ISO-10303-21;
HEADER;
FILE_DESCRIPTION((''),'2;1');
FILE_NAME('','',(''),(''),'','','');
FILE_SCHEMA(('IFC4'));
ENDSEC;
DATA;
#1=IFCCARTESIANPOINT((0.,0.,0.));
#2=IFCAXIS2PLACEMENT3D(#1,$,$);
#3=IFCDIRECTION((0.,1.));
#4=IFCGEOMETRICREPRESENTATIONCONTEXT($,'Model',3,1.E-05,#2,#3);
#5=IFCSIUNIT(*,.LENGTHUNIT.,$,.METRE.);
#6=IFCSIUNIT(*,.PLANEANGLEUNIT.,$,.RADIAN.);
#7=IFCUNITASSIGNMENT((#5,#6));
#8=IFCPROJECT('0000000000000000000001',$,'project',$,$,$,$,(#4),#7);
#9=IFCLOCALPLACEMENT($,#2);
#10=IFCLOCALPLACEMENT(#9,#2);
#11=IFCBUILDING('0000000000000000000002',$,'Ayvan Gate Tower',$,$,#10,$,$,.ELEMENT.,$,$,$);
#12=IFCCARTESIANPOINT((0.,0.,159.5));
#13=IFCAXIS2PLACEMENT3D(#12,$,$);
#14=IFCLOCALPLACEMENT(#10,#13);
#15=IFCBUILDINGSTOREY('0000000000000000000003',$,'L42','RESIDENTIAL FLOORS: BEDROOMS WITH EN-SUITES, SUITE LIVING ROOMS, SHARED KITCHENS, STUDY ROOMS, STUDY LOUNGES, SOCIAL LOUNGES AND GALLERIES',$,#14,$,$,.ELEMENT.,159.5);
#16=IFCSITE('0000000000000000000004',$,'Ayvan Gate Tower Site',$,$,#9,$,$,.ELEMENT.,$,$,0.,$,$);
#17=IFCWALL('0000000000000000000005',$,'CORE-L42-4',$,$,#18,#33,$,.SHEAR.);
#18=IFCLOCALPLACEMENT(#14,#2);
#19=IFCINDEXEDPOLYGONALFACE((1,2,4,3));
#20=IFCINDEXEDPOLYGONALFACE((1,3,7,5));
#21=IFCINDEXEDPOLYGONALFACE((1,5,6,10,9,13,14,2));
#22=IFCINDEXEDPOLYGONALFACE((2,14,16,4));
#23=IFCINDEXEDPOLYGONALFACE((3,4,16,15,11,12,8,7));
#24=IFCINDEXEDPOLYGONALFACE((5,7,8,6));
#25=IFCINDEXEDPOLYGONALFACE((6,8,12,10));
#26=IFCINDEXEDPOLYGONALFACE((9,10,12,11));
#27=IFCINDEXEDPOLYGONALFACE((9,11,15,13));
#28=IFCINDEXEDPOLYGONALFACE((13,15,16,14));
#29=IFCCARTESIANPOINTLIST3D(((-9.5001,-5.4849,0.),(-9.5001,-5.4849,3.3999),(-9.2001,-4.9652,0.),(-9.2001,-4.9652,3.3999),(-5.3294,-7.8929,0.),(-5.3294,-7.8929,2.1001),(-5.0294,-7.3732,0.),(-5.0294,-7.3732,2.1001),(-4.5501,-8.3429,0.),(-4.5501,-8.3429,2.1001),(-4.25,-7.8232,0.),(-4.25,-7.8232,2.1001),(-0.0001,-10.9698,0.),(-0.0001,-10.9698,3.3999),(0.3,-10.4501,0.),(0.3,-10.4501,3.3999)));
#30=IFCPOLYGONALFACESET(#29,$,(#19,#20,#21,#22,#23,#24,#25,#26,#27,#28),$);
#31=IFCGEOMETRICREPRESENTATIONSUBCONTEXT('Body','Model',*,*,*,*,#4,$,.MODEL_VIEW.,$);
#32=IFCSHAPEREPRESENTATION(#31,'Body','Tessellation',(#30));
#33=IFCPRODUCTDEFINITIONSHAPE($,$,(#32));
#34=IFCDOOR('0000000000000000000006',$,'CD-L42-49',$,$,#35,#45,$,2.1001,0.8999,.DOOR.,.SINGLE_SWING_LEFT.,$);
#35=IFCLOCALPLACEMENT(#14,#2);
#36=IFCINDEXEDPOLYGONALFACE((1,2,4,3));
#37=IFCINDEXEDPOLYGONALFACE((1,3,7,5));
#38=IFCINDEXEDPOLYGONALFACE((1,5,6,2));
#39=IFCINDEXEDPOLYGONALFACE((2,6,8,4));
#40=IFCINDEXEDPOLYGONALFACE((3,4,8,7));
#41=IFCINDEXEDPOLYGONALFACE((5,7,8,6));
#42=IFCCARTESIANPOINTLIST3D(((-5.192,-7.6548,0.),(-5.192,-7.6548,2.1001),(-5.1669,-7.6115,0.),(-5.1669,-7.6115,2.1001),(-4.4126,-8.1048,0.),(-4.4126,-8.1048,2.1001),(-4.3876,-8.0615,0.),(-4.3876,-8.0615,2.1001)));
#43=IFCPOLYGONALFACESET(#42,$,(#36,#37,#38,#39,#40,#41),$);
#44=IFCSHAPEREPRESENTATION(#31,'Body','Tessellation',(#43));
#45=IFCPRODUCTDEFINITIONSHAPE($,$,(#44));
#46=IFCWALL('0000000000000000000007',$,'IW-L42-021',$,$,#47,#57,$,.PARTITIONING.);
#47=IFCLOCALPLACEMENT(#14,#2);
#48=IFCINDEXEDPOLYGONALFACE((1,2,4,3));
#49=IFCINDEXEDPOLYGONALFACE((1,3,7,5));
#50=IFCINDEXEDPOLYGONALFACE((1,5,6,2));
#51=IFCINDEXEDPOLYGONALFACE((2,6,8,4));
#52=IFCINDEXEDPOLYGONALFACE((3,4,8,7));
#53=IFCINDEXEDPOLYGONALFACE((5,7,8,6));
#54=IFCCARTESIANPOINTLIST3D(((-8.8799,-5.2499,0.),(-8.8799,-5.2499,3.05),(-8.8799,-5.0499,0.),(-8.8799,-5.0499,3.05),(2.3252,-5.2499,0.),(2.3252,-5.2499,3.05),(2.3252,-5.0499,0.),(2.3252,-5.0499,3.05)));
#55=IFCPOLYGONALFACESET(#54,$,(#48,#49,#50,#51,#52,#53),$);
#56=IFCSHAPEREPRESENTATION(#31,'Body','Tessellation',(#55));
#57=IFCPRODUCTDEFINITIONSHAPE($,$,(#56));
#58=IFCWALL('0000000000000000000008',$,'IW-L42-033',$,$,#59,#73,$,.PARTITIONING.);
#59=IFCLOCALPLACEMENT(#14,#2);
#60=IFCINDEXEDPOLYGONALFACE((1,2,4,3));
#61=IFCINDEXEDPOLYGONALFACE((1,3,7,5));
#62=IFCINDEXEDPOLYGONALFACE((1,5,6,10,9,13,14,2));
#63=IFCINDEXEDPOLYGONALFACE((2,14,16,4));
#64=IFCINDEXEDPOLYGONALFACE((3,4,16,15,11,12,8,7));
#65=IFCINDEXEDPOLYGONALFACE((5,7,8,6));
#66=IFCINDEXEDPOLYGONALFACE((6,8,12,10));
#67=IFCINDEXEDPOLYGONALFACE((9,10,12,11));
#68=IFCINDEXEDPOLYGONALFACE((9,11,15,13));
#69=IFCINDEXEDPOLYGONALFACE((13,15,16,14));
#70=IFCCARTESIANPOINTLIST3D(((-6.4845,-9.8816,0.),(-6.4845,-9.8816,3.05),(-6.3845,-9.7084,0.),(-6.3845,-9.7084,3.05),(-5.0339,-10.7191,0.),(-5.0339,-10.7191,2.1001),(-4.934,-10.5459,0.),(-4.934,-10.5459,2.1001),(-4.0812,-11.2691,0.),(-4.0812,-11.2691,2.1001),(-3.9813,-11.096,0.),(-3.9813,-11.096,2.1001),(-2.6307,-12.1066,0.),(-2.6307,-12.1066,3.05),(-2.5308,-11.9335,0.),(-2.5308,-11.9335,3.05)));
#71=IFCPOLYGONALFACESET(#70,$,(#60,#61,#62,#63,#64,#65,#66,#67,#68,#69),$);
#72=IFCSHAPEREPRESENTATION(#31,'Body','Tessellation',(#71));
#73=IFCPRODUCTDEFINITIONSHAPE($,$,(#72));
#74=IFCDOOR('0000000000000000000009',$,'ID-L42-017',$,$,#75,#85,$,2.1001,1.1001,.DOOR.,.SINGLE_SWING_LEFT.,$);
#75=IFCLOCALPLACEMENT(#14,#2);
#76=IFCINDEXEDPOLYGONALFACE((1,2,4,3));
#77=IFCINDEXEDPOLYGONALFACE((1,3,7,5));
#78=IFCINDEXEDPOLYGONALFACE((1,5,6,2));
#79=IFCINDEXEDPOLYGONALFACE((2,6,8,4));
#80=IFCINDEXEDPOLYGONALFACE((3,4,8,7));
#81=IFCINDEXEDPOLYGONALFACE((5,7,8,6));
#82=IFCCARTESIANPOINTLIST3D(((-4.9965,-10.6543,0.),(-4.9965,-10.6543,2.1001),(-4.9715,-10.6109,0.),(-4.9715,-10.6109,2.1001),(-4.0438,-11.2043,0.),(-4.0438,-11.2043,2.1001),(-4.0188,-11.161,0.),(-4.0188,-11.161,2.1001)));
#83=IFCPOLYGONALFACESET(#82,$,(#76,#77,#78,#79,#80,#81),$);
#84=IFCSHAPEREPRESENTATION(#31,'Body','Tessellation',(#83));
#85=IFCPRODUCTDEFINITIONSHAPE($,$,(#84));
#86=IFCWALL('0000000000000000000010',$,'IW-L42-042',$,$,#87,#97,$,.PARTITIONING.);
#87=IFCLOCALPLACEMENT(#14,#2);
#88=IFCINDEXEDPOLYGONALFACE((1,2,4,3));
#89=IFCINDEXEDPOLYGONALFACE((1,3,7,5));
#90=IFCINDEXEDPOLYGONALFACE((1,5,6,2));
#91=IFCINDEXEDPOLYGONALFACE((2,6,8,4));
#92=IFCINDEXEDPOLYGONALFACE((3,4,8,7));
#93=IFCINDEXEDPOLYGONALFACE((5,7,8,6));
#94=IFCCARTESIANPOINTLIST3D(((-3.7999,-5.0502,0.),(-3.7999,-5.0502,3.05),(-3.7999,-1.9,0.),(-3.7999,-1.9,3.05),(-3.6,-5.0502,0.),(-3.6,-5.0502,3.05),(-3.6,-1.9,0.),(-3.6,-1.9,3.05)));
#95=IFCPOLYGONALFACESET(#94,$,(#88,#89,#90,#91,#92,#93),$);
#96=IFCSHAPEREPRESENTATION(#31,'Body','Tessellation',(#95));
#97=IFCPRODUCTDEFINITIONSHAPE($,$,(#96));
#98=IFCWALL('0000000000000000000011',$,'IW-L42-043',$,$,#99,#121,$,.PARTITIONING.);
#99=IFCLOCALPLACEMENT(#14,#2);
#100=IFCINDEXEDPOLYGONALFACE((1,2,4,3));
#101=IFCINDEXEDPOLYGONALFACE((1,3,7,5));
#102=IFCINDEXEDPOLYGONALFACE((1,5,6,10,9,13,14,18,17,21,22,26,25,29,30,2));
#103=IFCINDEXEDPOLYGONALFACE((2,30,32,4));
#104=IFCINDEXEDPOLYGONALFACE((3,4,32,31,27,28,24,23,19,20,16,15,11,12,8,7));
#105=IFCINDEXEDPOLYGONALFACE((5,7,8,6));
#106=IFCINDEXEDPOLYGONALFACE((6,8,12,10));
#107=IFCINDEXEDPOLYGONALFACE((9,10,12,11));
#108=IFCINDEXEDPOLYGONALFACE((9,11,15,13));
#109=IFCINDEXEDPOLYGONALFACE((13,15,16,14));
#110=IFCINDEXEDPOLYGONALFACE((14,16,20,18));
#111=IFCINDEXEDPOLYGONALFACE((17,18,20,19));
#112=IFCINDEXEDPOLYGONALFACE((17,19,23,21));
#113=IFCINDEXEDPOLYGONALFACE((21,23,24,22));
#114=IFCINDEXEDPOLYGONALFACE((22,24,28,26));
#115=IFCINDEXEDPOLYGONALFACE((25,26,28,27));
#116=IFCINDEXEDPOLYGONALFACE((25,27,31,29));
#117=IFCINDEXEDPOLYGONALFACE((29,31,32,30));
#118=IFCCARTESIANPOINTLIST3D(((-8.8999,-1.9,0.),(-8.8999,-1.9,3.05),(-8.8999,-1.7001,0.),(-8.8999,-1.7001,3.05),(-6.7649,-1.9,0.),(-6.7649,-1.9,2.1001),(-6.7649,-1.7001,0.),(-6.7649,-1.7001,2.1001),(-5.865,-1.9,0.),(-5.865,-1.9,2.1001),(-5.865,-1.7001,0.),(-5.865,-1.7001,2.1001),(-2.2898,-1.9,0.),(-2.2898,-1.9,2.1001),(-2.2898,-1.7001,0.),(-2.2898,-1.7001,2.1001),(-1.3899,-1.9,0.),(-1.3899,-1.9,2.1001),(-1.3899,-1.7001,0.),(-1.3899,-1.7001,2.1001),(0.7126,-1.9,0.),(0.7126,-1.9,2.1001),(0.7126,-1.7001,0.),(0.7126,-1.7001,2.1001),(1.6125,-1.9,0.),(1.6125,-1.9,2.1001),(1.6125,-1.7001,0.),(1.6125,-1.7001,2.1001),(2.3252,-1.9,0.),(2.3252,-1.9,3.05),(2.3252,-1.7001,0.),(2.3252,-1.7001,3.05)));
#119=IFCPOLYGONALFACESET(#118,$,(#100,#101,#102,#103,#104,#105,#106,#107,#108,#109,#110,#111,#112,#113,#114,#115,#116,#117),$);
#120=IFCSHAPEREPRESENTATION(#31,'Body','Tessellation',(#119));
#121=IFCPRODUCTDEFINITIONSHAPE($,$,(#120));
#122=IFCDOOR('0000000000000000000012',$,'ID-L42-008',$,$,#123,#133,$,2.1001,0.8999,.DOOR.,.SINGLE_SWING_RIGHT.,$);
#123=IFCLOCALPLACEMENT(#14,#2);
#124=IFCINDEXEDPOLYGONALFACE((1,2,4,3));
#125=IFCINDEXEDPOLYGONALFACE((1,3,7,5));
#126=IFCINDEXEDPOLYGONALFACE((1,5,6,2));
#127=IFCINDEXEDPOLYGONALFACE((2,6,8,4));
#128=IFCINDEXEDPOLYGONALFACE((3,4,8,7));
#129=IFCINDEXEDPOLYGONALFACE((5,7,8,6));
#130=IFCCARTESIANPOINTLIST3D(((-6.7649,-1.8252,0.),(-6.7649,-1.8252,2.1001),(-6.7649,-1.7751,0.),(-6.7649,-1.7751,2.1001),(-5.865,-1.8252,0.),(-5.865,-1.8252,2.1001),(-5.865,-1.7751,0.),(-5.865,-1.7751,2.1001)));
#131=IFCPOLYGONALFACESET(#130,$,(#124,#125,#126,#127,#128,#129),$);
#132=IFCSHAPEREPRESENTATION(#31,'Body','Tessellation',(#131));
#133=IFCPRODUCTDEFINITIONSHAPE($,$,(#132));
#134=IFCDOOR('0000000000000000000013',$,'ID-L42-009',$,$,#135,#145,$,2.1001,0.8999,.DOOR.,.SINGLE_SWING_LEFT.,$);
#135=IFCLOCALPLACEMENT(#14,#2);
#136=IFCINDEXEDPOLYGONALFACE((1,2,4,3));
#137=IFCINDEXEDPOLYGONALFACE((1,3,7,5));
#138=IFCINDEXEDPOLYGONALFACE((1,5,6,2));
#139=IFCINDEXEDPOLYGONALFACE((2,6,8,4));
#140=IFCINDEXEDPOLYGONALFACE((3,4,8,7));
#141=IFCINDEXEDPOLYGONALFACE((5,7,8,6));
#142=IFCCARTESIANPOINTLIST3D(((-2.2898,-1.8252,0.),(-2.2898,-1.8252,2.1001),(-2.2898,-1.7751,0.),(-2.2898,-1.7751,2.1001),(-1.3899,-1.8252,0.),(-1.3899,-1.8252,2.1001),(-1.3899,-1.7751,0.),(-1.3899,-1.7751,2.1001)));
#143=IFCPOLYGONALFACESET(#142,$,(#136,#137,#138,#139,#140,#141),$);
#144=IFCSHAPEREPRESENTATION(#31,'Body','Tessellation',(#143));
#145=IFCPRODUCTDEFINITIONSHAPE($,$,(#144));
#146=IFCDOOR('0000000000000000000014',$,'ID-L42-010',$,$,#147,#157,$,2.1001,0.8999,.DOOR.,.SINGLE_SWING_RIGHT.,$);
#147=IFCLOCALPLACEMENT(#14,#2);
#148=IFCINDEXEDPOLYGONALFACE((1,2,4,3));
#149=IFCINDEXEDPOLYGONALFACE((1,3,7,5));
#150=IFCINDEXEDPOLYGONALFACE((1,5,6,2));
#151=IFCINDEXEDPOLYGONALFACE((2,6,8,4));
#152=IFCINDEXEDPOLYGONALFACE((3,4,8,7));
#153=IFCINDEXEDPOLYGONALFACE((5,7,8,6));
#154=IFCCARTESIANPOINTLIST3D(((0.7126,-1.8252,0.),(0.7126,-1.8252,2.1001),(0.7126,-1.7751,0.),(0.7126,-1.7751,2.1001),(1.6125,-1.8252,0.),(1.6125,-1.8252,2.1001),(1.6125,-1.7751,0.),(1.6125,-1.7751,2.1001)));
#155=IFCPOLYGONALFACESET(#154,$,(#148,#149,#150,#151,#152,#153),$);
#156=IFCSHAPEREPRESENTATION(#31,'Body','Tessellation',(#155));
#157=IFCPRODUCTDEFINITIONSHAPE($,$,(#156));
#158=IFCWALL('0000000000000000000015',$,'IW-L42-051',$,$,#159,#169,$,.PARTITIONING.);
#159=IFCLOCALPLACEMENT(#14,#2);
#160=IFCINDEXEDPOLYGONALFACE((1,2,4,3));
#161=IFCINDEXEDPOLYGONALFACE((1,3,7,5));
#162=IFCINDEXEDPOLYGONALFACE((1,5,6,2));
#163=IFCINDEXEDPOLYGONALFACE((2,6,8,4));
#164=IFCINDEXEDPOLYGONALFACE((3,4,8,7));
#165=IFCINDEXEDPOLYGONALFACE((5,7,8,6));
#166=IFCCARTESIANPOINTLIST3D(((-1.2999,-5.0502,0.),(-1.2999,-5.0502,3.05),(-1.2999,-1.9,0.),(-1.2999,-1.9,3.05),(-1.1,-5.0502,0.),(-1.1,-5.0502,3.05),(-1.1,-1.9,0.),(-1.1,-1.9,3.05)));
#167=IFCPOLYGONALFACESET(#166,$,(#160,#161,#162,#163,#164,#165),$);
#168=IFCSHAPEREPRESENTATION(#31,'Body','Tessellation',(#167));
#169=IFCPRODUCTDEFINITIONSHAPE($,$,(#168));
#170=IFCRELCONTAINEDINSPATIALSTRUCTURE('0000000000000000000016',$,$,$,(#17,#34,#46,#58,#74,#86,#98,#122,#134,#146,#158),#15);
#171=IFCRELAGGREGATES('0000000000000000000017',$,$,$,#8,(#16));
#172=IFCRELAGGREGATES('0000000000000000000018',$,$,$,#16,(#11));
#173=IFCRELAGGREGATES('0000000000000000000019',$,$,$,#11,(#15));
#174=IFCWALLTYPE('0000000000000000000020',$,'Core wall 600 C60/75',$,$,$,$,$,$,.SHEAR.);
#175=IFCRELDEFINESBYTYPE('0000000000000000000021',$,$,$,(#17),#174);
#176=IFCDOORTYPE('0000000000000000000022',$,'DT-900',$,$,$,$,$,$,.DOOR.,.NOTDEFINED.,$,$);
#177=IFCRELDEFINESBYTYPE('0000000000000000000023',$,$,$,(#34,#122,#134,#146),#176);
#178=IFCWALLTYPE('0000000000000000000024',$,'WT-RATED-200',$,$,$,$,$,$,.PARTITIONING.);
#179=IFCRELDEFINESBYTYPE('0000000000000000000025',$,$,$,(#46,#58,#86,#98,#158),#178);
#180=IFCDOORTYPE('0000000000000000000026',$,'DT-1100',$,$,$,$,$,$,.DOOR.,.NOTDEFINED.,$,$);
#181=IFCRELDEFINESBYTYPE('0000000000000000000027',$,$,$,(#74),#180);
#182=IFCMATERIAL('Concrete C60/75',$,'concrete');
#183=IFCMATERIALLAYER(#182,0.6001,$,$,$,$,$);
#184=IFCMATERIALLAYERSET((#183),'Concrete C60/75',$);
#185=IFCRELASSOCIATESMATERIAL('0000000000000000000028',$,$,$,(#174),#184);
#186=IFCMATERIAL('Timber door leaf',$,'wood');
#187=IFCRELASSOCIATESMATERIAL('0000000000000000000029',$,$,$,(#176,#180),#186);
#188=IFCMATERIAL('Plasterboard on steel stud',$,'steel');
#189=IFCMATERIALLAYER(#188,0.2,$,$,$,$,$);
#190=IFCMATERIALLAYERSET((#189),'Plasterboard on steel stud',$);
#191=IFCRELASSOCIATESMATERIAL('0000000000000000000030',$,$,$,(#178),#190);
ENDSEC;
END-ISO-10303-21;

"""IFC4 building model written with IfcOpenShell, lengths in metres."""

from ifc_helpers import new_model, si_unit, direction, frame, frame_2d, origin, place, context, subcontext, project, spatial, rectangle, extrude, material, layer, layer_set, type_object, element, fill, save


model = new_model("IFC4")

# Units and contexts
model_context = context("Model", 3, precision=1e-05, world=origin(), true_north=direction((0.0, 1.0)))
body_context = subcontext(model_context, "Body", "Model", "MODEL_VIEW")
ifc_project = project(units=[si_unit("LENGTHUNIT", "METRE"), si_unit("PLANEANGLEUNIT", "RADIAN")], contexts=[model_context])

# Site, building, storey
site_placement = place(None, origin())
site = spatial("IfcSite", under=ifc_project, at=site_placement, Name="Ayvan Gate Tower Site", CompositionType="ELEMENT", RefElevation=0.0)
building_placement = place(site_placement, origin())
building = spatial("IfcBuilding", under=site, at=building_placement, Name="Ayvan Gate Tower", CompositionType="ELEMENT")
storey_placement = place(building_placement, frame((0.0, 0.0, 159.5)))
storey = spatial("IfcBuildingStorey", under=building, at=storey_placement, Name="L42", Description="RESIDENTIAL FLOORS: BEDROOMS WITH EN-SUITES, SUITE LIVING ROOMS, SHARED KITCHENS, STUDY ROOMS, STUDY LOUNGES, SOCIAL LOUNGES AND GALLERIES", CompositionType="ELEMENT", Elevation=159.5)

# Wall, opening, door
ifc_material_1 = material(Name="Concrete C60/75", Category="concrete")
ifc_layer_1 = layer(ifc_material_1, 0.6001)
ifc_layer_set_1 = layer_set([ifc_layer_1], Name="Concrete C60/75")
wall_type_1 = type_object("IfcWallType", Name="Core wall 600 C60/75", PredefinedType="SHEAR", material=ifc_layer_set_1)
wall_1_placement = place(storey_placement, frame((-9.3501, -5.2251, 0.0), z_axis=(0.0, 0.0, 1.0), x_axis=(0.866024, -0.500002, 0.0)))
wall_1 = element("IfcWall", 1, at=wall_1_placement, inside=storey, type_object=wall_type_1, Name="CORE-L42-4", PredefinedType="SHEAR", context=body_context, shape_type="SweptSolid", body=[
    extrude(rectangle(XDim=10.9697, YDim=0.6001, at=frame_2d((5.4849, 0.0))), origin(), (0.0, 0.0, 1.0), 3.3999),
])
opening_1_placement = place(wall_1_placement, frame((4.8159, 0.0, 0.0)))
opening_1 = element("IfcOpeningElement", 2, at=opening_1_placement, cuts=wall_1, PredefinedType="OPENING", context=body_context, shape_type="SweptSolid", body=[
    extrude(rectangle(XDim=0.8999, YDim=2.1001, at=frame_2d((0.45, 1.05))), frame((0.0, 0.3101, 0.0), z_axis=(0.0, -1.0, 0.0), x_axis=(1.0, 0.0, 0.0)), (0.0, 0.0, 1.0), 0.6201),
])
ifc_material_2 = material(Name="Timber door leaf", Category="wood")
door_type_1 = type_object("IfcDoorType", Name="DT-900", OperationType="NOTDEFINED", PredefinedType="DOOR", material=ifc_material_2)
door_1_placement = place(opening_1_placement, origin())
door_1 = element("IfcDoor", 3, at=door_1_placement, inside=storey, type_object=door_type_1, Name="CD-L42-49", OperationType="SINGLE_SWING_LEFT", OverallHeight=2.1001, OverallWidth=0.8999, PredefinedType="DOOR", context=body_context, shape_type="SweptSolid", body=[
    extrude(rectangle(XDim=0.8999, YDim=2.1001, at=frame_2d((0.45, 1.05))), frame((0.0, 0.0249, 0.0), z_axis=(0.0, -1.0, 0.0), x_axis=(1.0, 0.0, 0.0)), (0.0, 0.0, 1.0), 0.05),
])
fill(opening_1, door_1)

# Wall
ifc_material_3 = material(Name="Plasterboard on steel stud", Category="steel")
ifc_layer_2 = layer(ifc_material_3, 0.2)
ifc_layer_set_2 = layer_set([ifc_layer_2], Name="Plasterboard on steel stud")
wall_type_2 = type_object("IfcWallType", Name="WT-RATED-200", PredefinedType="PARTITIONING", material=ifc_layer_set_2)
wall_2_placement = place(storey_placement, frame((-8.8799, -5.1499, 0.0), z_axis=(0.0, 0.0, 1.0), x_axis=(1.0, 0.0, 0.0)))
element("IfcWall", 4, at=wall_2_placement, inside=storey, type_object=wall_type_2, Name="IW-L42-021", PredefinedType="PARTITIONING", context=body_context, shape_type="SweptSolid", body=[
    extrude(rectangle(XDim=11.2051, YDim=0.2, at=frame_2d((5.6025, 0.0))), origin(), (0.0, 0.0, 1.0), 3.05),
])

# Wall, opening, door
wall_3_placement = place(storey_placement, frame((-6.4346, -9.7949, 0.0), z_axis=(0.0, 0.0, 1.0), x_axis=(0.866013, -0.500022, 0.0)))
wall_3 = element("IfcWall", 5, at=wall_3_placement, inside=storey, type_object=wall_type_2, Name="IW-L42-033", PredefinedType="PARTITIONING", context=body_context, shape_type="SweptSolid", body=[
    extrude(rectangle(XDim=4.45, YDim=0.2, at=frame_2d((2.2251, 0.0))), origin(), (0.0, 0.0, 1.0), 3.05),
])
opening_2_placement = place(wall_3_placement, frame((1.675, 0.0, 0.0)))
opening_2 = element("IfcOpeningElement", 6, at=opening_2_placement, cuts=wall_3, PredefinedType="OPENING", context=body_context, shape_type="SweptSolid", body=[
    extrude(rectangle(XDim=1.1001, YDim=2.1001, at=frame_2d((0.55, 1.05))), frame((0.0, 0.1099, 0.0), z_axis=(0.0, -1.0, 0.0), x_axis=(1.0, 0.0, 0.0)), (0.0, 0.0, 1.0), 0.22),
])
door_type_2 = type_object("IfcDoorType", Name="DT-1100", OperationType="NOTDEFINED", PredefinedType="DOOR", material=ifc_material_2)
door_2_placement = place(opening_2_placement, origin())
door_2 = element("IfcDoor", 7, at=door_2_placement, inside=storey, type_object=door_type_2, Name="ID-L42-017", OperationType="SINGLE_SWING_LEFT", OverallHeight=2.1001, OverallWidth=1.1001, PredefinedType="DOOR", context=body_context, shape_type="SweptSolid", body=[
    extrude(rectangle(XDim=1.1001, YDim=2.1001, at=frame_2d((0.55, 1.05))), frame((0.0, 0.0249, 0.0), z_axis=(0.0, -1.0, 0.0), x_axis=(1.0, 0.0, 0.0)), (0.0, 0.0, 1.0), 0.05),
])
fill(opening_2, door_2)

# Wall
wall_4_placement = place(storey_placement, frame((-3.7, -1.8999, 0.0), z_axis=(0.0, 0.0, 1.0), x_axis=(0.0, -1.0, 0.0)))
element("IfcWall", 8, at=wall_4_placement, inside=storey, type_object=wall_type_2, Name="IW-L42-042", PredefinedType="PARTITIONING", context=body_context, shape_type="SweptSolid", body=[
    extrude(rectangle(XDim=3.1501, YDim=0.2, at=frame_2d((1.5752, 0.0))), origin(), (0.0, 0.0, 1.0), 3.05),
])

# Wall, openings, doors
wall_5_placement = place(storey_placement, frame((-8.8999, -1.8, 0.0), z_axis=(0.0, 0.0, 1.0), x_axis=(1.0, 0.0, 0.0)))
wall_5 = element("IfcWall", 9, at=wall_5_placement, inside=storey, type_object=wall_type_2, Name="IW-L42-043", PredefinedType="PARTITIONING", context=body_context, shape_type="SweptSolid", body=[
    extrude(rectangle(XDim=11.2251, YDim=0.2, at=frame_2d((5.6125, 0.0))), origin(), (0.0, 0.0, 1.0), 3.05),
])
opening_3_placement = place(wall_5_placement, frame((2.135, 0.0, 0.0)))
opening_3 = element("IfcOpeningElement", 10, at=opening_3_placement, cuts=wall_5, PredefinedType="OPENING", context=body_context, shape_type="SweptSolid", body=[
    extrude(rectangle(XDim=0.8999, YDim=2.1001, at=frame_2d((0.45, 1.05))), frame((0.0, 0.1099, 0.0), z_axis=(0.0, -1.0, 0.0), x_axis=(1.0, 0.0, 0.0)), (0.0, 0.0, 1.0), 0.22),
])
opening_4_placement = place(wall_5_placement, frame((6.6101, 0.0, 0.0)))
opening_4 = element("IfcOpeningElement", 11, at=opening_4_placement, cuts=wall_5, PredefinedType="OPENING", context=body_context, shape_type="SweptSolid", body=[
    extrude(rectangle(XDim=0.8999, YDim=2.1001, at=frame_2d((0.45, 1.05))), frame((0.0, 0.1099, 0.0), z_axis=(0.0, -1.0, 0.0), x_axis=(1.0, 0.0, 0.0)), (0.0, 0.0, 1.0), 0.22),
])
opening_5_placement = place(wall_5_placement, frame((9.6125, 0.0, 0.0)))
opening_5 = element("IfcOpeningElement", 12, at=opening_5_placement, cuts=wall_5, PredefinedType="OPENING", context=body_context, shape_type="SweptSolid", body=[
    extrude(rectangle(XDim=0.8999, YDim=2.1001, at=frame_2d((0.45, 1.05))), frame((0.0, 0.1099, 0.0), z_axis=(0.0, -1.0, 0.0), x_axis=(1.0, 0.0, 0.0)), (0.0, 0.0, 1.0), 0.22),
])
door_3_placement = place(opening_3_placement, origin())
door_3 = element("IfcDoor", 13, at=door_3_placement, inside=storey, type_object=door_type_1, Name="ID-L42-008", OperationType="SINGLE_SWING_RIGHT", OverallHeight=2.1001, OverallWidth=0.8999, PredefinedType="DOOR", context=body_context, shape_type="SweptSolid", body=[
    extrude(rectangle(XDim=0.8999, YDim=2.1001, at=frame_2d((0.45, 1.05))), frame((0.0, 0.0249, 0.0), z_axis=(0.0, -1.0, 0.0), x_axis=(1.0, 0.0, 0.0)), (0.0, 0.0, 1.0), 0.05),
])
fill(opening_3, door_3)
door_4_placement = place(opening_4_placement, origin())
door_4 = element("IfcDoor", 14, at=door_4_placement, inside=storey, type_object=door_type_1, Name="ID-L42-009", OperationType="SINGLE_SWING_LEFT", OverallHeight=2.1001, OverallWidth=0.8999, PredefinedType="DOOR", context=body_context, shape_type="SweptSolid", body=[
    extrude(rectangle(XDim=0.8999, YDim=2.1001, at=frame_2d((0.45, 1.05))), frame((0.0, 0.0249, 0.0), z_axis=(0.0, -1.0, 0.0), x_axis=(1.0, 0.0, 0.0)), (0.0, 0.0, 1.0), 0.05),
])
fill(opening_4, door_4)
door_5_placement = place(opening_5_placement, origin())
door_5 = element("IfcDoor", 15, at=door_5_placement, inside=storey, type_object=door_type_1, Name="ID-L42-010", OperationType="SINGLE_SWING_RIGHT", OverallHeight=2.1001, OverallWidth=0.8999, PredefinedType="DOOR", context=body_context, shape_type="SweptSolid", body=[
    extrude(rectangle(XDim=0.8999, YDim=2.1001, at=frame_2d((0.45, 1.05))), frame((0.0, 0.0249, 0.0), z_axis=(0.0, -1.0, 0.0), x_axis=(1.0, 0.0, 0.0)), (0.0, 0.0, 1.0), 0.05),
])
fill(opening_5, door_5)

# Wall
wall_6_placement = place(storey_placement, frame((-1.2, -1.8999, 0.0), z_axis=(0.0, 0.0, 1.0), x_axis=(0.0, -1.0, 0.0)))
element("IfcWall", 16, at=wall_6_placement, inside=storey, type_object=wall_type_2, Name="IW-L42-051", PredefinedType="PARTITIONING", context=body_context, shape_type="SweptSolid", body=[
    extrude(rectangle(XDim=3.1501, YDim=0.2, at=frame_2d((1.5752, 0.0))), origin(), (0.0, 0.0, 1.0), 3.05),
])

save(model, "model.ifc")
